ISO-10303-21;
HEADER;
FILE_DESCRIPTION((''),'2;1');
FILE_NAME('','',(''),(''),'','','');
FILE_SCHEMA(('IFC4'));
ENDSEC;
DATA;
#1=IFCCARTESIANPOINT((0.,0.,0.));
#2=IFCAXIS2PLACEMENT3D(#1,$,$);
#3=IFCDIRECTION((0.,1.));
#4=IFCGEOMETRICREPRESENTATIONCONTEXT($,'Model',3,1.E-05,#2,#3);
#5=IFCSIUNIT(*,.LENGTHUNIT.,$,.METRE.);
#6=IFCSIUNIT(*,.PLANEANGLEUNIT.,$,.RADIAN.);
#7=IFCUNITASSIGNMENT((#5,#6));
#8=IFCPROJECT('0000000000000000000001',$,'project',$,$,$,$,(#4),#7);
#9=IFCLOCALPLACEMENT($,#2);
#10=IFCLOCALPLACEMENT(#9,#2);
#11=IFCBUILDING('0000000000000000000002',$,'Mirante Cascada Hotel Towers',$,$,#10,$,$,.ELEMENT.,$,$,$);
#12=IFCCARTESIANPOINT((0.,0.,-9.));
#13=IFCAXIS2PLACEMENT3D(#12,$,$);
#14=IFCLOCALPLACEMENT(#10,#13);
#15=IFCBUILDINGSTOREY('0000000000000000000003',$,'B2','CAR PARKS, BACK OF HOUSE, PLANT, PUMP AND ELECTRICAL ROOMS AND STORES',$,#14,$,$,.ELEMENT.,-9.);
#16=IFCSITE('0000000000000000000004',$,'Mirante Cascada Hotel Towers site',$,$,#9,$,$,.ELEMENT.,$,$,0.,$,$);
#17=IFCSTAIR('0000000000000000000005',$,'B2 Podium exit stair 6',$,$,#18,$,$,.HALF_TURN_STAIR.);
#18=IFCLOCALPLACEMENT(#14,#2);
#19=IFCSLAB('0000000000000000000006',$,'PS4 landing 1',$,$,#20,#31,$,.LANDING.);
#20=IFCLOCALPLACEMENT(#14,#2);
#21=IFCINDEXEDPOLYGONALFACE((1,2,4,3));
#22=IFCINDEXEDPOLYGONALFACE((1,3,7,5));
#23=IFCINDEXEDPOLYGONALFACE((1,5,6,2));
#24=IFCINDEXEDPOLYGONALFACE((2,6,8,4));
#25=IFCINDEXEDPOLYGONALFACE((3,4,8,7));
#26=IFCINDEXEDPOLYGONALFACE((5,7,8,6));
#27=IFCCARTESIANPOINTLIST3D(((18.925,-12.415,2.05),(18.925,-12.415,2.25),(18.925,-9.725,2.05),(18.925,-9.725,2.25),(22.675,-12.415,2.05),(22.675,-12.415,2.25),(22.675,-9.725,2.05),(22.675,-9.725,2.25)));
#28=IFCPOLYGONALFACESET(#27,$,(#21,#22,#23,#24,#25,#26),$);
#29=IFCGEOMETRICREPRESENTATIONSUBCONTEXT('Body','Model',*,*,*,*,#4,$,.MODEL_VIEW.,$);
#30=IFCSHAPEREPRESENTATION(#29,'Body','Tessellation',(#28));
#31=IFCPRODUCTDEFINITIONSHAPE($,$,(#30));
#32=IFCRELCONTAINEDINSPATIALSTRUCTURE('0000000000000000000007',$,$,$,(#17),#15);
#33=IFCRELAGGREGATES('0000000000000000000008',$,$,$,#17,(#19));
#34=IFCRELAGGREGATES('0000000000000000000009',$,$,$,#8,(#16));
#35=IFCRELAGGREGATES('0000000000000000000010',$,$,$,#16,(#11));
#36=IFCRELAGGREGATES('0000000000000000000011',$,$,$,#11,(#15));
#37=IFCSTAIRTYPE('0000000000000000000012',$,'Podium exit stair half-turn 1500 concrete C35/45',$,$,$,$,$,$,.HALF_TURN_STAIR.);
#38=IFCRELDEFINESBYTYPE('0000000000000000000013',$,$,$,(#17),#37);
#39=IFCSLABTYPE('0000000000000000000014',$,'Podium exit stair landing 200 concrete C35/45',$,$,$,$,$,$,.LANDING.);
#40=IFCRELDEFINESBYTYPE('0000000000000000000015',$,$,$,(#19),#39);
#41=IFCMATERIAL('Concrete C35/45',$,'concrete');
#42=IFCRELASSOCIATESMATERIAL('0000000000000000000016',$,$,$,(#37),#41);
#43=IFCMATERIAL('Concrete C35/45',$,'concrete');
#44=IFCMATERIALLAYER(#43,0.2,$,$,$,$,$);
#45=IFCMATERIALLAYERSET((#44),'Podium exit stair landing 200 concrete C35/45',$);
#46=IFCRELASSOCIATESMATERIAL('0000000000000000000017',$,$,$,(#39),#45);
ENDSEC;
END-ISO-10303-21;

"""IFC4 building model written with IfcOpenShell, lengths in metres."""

from ifc_helpers import new_model, si_unit, direction, frame, origin, place, context, subcontext, project, spatial, polyline, outline, extrude, material, layer, layer_set, type_object, element, aggregate, save


model = new_model("IFC4")

# Units and contexts
model_context = context("Model", 3, precision=1e-05, world=origin(), true_north=direction((0.0, 1.0)))
body_context = subcontext(model_context, "Body", "Model", "MODEL_VIEW")
ifc_project = project(units=[si_unit("LENGTHUNIT", "METRE"), si_unit("PLANEANGLEUNIT", "RADIAN")], contexts=[model_context])

# Site, building, storey
site_placement = place(None, origin())
site = spatial("IfcSite", under=ifc_project, at=site_placement, Name="Mirante Cascada Hotel Towers site", CompositionType="ELEMENT", RefElevation=0.0)
building_placement = place(site_placement, origin())
building = spatial("IfcBuilding", under=site, at=building_placement, Name="Mirante Cascada Hotel Towers", CompositionType="ELEMENT")
storey_placement = place(building_placement, frame((0.0, 0.0, -9.0)))
storey = spatial("IfcBuildingStorey", under=building, at=storey_placement, Name="B2", Description="CAR PARKS, BACK OF HOUSE, PLANT, PUMP AND ELECTRICAL ROOMS AND STORES", CompositionType="ELEMENT", Elevation=-9.0)

# Stair, slab
ifc_material_1 = material(Name="Concrete C35/45", Category="concrete")
stair_type_1 = type_object("IfcStairType", Name="Podium exit stair half-turn 1500 concrete C35/45", PredefinedType="HALF_TURN_STAIR", material=ifc_material_1)
ifc_material_2 = material(Name="Concrete C35/45", Category="concrete")
ifc_layer_1 = layer(ifc_material_2, 0.2)
ifc_layer_set_1 = layer_set([ifc_layer_1], Name="Podium exit stair landing 200 concrete C35/45")
slab_type_1 = type_object("IfcSlabType", Name="Podium exit stair landing 200 concrete C35/45", PredefinedType="LANDING", material=ifc_layer_set_1)
stair_1_placement = place(storey_placement, origin())
stair_1 = element("IfcStair", 1, at=stair_1_placement, inside=storey, type_object=stair_type_1, Name="B2 Podium exit stair 6", PredefinedType="HALF_TURN_STAIR")
slab_1_placement = place(storey_placement, frame((0.0, 0.0, 2.05)))
slab_1 = element("IfcSlab", 2, at=slab_1_placement, type_object=slab_type_1, Name="PS4 landing 1", PredefinedType="LANDING", context=body_context, shape_type="SweptSolid", body=[
    extrude(outline(polyline([(22.675, -12.415), (22.675, -9.725), (18.925, -9.725), (18.925, -12.415), (22.675, -12.415)])), origin(), (0.0, 0.0, 1.0), 0.2),
])
aggregate(stair_1, [slab_1])

save(model, "model.ifc")
